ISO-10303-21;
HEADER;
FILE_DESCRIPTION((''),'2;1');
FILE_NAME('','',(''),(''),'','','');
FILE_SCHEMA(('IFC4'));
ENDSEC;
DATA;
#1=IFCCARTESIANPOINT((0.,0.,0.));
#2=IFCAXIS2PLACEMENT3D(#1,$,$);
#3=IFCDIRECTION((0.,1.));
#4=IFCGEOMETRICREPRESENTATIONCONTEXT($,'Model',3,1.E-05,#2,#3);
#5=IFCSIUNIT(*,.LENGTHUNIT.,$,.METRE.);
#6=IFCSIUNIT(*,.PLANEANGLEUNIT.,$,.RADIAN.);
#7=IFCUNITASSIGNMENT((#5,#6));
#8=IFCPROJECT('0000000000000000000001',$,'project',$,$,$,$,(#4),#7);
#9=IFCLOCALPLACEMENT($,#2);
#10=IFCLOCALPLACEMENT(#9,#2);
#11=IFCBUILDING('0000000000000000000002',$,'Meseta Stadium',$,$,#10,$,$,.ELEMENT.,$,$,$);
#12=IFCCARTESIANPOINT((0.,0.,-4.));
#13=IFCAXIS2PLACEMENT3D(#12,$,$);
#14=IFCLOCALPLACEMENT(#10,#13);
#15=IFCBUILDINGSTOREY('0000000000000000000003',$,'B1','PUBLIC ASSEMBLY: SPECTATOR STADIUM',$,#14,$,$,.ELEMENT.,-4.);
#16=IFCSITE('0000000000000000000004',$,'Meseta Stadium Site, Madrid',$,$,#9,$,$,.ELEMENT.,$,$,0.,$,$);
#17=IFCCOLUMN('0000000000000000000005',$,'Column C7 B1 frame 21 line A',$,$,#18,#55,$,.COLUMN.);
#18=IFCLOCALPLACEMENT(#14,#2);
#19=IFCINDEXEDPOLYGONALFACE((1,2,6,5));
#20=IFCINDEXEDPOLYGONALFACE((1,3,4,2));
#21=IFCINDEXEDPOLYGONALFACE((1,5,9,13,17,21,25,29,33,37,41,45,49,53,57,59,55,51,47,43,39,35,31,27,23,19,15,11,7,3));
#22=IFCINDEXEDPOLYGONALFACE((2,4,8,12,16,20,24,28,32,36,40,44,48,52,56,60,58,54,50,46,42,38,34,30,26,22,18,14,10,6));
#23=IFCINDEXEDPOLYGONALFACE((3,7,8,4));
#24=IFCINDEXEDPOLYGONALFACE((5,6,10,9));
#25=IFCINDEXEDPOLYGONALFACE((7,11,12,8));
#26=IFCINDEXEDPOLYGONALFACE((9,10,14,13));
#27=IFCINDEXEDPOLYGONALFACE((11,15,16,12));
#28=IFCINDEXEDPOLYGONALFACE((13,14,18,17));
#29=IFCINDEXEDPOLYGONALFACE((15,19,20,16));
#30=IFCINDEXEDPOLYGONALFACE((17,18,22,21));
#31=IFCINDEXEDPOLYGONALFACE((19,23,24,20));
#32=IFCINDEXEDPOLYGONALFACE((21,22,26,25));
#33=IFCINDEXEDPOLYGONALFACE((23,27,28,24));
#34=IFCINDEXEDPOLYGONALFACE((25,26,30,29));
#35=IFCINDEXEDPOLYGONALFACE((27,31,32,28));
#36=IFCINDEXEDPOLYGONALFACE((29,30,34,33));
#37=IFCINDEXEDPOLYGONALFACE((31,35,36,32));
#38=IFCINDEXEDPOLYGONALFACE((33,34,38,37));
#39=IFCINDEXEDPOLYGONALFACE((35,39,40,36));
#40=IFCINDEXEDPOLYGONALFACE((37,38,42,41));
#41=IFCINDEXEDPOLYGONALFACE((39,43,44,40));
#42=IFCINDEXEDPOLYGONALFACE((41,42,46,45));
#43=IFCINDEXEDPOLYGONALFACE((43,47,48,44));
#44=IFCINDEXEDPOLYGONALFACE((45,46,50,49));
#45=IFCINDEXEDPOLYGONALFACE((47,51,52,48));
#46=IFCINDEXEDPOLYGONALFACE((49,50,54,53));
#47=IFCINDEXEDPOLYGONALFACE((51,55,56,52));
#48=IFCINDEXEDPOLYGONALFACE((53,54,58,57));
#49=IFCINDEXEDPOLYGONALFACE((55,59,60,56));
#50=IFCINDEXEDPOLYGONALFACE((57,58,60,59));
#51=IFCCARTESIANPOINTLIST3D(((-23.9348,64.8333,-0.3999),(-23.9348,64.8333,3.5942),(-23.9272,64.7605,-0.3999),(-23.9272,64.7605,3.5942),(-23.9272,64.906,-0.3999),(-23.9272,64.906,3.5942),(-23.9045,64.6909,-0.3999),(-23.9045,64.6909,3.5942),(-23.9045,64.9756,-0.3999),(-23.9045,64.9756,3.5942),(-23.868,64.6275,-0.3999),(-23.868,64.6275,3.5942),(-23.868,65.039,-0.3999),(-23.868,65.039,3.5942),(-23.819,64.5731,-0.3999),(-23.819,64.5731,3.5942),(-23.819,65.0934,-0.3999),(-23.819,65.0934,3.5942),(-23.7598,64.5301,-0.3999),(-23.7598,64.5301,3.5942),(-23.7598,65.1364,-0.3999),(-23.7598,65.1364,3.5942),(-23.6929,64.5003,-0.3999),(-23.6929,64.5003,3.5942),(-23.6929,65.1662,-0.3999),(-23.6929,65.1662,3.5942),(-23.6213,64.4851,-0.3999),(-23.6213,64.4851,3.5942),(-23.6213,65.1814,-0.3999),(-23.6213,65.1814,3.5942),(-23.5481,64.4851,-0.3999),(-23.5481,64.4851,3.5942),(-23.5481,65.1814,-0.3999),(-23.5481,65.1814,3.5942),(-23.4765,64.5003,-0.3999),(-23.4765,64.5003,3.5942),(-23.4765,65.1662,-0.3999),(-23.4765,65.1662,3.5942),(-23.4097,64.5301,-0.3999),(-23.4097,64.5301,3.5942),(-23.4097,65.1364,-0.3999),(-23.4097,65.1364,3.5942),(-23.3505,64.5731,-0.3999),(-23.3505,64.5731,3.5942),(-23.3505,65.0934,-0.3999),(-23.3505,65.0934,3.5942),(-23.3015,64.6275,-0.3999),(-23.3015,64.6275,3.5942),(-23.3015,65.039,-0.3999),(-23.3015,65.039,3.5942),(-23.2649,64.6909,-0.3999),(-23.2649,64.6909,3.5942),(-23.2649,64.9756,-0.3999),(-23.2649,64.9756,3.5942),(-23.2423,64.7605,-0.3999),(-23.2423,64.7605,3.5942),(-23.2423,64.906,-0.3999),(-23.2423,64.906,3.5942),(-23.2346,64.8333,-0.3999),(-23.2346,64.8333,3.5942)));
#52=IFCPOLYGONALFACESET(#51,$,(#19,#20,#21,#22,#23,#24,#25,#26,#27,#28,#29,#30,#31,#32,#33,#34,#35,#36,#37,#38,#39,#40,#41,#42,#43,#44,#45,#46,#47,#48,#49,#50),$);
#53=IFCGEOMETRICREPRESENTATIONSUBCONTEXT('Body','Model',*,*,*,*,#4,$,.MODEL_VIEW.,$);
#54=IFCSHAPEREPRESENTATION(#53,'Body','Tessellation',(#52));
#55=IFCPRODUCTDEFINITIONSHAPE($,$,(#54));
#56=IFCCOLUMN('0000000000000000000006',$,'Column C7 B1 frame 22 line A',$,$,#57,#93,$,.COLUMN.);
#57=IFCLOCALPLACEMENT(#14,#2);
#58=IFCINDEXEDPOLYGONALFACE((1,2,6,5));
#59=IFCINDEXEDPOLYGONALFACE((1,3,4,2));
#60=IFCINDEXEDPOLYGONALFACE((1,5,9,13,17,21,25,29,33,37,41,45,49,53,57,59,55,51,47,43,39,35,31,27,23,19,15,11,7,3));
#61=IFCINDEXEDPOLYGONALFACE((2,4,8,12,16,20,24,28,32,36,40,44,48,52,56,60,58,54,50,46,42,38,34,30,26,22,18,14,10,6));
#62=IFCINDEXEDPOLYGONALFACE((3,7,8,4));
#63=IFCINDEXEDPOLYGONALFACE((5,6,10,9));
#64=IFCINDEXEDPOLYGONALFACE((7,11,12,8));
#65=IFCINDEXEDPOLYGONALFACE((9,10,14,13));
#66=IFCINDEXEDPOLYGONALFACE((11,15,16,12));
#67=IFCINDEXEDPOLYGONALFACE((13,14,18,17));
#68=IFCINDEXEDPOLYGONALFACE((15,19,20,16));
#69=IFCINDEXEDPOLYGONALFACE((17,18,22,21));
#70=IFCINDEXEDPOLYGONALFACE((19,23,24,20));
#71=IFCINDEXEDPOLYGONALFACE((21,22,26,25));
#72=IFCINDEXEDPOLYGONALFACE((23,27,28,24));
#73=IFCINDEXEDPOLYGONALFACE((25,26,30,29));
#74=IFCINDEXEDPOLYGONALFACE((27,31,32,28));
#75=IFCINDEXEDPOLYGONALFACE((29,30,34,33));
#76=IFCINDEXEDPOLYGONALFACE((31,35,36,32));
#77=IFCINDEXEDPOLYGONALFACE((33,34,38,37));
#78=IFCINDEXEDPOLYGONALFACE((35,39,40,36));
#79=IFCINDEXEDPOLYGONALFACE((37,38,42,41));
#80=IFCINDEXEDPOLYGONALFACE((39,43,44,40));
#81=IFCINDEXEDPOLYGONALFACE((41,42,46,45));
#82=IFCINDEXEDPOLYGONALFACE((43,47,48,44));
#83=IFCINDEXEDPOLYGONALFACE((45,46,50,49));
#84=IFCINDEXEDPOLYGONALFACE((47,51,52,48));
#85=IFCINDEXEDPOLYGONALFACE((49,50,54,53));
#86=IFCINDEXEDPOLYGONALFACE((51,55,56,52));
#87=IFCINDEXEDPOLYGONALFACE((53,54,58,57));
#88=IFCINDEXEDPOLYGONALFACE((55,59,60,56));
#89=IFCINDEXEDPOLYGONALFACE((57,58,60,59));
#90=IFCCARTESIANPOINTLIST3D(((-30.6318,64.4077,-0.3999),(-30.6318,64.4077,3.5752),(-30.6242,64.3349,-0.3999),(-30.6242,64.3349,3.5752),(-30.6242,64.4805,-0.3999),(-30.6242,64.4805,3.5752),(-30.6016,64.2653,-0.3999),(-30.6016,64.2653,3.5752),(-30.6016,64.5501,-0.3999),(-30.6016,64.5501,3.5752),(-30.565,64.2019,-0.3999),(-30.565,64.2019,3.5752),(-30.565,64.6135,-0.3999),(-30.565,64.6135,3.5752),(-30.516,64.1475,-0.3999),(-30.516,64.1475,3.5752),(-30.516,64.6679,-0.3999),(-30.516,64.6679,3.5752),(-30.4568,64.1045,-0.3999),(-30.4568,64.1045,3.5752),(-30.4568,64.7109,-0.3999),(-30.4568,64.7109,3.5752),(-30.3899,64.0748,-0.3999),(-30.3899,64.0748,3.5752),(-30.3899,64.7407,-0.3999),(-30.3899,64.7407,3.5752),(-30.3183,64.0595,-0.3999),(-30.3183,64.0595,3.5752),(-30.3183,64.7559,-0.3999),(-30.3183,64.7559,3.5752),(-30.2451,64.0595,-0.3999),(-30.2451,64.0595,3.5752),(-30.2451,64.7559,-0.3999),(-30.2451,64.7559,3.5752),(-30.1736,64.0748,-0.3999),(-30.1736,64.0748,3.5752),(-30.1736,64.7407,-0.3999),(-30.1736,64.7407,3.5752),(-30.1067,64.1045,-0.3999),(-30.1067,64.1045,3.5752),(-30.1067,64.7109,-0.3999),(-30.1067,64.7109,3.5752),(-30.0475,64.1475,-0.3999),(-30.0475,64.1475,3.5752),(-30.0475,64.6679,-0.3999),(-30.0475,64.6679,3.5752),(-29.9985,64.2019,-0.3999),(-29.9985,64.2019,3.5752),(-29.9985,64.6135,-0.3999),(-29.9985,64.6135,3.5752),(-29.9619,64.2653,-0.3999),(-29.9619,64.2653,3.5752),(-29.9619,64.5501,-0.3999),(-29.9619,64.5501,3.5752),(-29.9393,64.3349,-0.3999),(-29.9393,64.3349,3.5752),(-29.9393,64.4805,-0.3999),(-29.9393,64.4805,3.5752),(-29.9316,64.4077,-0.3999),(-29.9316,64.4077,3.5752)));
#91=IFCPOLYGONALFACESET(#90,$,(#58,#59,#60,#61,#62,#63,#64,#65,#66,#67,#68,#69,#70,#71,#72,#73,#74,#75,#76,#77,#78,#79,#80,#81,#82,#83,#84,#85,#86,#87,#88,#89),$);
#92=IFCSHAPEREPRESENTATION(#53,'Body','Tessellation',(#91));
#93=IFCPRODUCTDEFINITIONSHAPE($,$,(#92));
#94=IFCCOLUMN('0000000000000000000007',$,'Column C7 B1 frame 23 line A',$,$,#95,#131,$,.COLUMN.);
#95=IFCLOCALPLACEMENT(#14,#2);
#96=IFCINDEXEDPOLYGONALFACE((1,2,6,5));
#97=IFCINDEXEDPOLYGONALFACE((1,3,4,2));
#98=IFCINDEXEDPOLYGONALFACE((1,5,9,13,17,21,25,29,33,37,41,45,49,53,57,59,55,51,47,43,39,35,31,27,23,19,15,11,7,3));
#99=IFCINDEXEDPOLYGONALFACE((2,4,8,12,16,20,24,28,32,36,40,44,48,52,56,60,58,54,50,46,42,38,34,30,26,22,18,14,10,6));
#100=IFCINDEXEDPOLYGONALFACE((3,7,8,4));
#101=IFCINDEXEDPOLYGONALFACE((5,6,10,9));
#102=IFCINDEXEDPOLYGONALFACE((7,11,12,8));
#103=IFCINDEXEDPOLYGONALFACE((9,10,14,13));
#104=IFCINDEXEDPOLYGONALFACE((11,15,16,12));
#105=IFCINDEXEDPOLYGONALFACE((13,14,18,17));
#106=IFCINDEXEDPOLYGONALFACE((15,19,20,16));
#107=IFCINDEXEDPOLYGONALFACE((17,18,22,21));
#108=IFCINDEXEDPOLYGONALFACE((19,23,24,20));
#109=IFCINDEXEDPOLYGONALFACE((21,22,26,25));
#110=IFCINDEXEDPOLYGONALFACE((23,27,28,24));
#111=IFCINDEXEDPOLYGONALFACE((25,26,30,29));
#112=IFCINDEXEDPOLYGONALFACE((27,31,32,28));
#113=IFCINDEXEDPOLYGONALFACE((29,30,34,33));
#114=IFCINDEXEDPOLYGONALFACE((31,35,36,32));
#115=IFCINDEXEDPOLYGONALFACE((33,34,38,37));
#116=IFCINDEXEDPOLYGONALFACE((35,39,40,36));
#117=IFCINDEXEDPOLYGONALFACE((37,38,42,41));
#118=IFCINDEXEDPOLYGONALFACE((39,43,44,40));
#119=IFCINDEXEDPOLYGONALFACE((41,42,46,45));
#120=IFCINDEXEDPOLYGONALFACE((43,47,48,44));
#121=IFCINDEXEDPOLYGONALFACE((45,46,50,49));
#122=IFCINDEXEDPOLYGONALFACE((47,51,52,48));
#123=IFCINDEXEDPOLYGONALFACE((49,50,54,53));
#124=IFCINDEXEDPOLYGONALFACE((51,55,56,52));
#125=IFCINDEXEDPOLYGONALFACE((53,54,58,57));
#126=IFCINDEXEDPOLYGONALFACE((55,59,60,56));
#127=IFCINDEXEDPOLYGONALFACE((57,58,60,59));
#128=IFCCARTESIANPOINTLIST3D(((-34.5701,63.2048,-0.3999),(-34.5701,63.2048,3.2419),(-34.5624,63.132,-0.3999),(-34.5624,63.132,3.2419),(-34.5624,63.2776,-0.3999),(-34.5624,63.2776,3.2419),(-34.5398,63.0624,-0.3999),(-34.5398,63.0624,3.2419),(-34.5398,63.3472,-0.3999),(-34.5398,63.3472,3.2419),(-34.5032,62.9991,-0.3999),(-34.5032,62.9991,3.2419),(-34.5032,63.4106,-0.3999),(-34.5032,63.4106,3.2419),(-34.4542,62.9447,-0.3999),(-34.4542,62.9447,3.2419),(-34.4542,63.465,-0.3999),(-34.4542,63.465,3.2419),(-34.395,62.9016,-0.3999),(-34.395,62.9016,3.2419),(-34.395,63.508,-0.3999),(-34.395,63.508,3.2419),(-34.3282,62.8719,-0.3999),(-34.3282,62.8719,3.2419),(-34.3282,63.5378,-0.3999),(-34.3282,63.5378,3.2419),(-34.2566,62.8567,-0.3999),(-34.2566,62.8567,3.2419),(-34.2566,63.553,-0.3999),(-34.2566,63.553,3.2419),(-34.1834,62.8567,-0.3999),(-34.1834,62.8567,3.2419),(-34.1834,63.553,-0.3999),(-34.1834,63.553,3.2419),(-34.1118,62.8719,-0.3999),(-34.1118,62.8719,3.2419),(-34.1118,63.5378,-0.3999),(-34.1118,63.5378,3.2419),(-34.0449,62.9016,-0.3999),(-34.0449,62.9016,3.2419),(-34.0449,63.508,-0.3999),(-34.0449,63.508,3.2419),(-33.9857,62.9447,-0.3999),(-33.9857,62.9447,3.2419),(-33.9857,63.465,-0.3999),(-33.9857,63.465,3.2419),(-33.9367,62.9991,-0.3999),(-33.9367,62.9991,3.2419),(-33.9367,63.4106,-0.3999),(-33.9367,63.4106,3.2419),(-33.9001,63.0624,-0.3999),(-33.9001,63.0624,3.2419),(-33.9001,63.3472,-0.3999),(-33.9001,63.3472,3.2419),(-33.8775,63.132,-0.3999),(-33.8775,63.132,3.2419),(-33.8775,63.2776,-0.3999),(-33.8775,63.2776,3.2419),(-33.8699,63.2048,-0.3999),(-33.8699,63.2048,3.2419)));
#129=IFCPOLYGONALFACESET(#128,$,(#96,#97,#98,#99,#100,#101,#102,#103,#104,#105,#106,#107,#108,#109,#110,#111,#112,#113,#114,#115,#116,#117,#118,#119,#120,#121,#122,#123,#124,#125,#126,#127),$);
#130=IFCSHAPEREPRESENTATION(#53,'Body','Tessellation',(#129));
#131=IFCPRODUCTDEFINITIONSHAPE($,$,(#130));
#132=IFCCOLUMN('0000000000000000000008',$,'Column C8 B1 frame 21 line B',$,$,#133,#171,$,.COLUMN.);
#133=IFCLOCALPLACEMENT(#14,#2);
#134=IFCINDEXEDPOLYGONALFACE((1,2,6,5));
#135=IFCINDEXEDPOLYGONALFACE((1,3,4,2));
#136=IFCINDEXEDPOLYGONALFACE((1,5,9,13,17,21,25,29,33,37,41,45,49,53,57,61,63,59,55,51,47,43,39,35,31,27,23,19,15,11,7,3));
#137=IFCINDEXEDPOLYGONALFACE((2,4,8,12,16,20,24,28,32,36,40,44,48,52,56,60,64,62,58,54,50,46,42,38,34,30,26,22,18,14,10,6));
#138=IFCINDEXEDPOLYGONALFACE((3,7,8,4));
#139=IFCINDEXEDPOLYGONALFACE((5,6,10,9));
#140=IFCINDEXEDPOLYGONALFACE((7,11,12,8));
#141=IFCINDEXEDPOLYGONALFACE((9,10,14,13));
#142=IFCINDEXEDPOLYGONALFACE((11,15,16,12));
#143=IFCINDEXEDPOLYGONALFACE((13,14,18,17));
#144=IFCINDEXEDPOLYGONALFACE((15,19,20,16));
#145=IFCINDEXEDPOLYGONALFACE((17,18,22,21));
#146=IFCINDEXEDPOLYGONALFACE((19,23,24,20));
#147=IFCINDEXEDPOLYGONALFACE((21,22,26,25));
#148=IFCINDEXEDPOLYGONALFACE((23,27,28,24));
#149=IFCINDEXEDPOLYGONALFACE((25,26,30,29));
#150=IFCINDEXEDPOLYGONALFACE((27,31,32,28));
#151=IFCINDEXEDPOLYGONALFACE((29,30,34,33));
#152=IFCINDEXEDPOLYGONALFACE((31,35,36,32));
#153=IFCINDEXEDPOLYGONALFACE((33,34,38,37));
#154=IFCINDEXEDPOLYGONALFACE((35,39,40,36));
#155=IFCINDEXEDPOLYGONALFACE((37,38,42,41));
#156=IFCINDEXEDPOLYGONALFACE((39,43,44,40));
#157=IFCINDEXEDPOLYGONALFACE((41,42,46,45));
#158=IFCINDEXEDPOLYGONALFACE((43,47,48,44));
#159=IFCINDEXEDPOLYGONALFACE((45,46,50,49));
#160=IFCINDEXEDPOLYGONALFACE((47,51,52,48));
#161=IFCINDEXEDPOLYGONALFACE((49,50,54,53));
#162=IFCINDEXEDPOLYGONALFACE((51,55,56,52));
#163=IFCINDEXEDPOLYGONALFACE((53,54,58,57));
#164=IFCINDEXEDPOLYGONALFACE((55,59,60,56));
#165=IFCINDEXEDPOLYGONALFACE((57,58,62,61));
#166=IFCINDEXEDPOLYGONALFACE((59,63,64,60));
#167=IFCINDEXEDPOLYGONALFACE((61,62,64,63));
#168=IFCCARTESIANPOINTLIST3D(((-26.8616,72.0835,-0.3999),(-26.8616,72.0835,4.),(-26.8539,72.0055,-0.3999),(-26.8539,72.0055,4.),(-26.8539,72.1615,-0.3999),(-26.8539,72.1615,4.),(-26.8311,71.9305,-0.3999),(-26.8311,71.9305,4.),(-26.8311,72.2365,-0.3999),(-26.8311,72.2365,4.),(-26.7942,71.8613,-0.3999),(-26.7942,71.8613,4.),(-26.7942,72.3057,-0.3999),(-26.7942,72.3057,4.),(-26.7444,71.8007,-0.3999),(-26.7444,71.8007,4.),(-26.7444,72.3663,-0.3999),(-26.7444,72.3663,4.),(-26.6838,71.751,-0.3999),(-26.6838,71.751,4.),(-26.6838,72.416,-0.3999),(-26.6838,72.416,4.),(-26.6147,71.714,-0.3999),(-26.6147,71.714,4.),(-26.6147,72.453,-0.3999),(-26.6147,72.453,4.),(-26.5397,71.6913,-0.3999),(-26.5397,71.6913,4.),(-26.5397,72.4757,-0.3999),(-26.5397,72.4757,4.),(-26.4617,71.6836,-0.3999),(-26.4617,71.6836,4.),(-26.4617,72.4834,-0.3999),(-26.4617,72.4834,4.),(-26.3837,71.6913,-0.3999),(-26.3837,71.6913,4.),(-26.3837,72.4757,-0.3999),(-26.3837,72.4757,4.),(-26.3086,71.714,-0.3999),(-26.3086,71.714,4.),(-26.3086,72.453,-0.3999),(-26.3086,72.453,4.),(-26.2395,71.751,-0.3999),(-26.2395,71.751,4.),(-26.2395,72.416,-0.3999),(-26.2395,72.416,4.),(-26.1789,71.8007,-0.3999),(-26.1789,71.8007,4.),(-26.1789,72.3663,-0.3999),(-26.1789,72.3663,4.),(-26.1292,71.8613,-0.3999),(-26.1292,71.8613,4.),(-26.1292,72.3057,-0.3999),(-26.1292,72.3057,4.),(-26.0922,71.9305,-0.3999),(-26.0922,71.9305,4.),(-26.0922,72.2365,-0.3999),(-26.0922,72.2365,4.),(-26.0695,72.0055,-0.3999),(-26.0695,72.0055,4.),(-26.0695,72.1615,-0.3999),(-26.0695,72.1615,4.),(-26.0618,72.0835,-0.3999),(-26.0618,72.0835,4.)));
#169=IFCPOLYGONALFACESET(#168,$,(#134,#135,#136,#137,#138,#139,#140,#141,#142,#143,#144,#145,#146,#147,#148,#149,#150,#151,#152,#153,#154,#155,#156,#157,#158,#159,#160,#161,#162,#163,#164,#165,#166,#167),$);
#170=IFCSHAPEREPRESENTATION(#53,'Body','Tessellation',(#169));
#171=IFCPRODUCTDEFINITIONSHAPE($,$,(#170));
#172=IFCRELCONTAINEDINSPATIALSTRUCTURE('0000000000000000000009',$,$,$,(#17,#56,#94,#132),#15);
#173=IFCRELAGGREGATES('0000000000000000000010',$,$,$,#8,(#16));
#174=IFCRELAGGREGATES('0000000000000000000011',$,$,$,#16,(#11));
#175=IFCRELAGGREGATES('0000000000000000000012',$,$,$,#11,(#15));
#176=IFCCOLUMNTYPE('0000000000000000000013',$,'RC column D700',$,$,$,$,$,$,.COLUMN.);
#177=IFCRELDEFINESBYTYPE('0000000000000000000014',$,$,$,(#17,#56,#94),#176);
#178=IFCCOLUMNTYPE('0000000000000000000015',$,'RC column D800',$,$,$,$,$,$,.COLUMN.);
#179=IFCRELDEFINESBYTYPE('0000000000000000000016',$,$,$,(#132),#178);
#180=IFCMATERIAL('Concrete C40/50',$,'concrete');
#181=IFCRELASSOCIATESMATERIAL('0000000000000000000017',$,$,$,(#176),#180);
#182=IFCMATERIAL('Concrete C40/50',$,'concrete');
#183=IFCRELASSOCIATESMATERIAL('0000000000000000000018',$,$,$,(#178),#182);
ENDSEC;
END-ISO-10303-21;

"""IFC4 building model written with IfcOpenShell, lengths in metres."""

from ifc_helpers import new_model, si_unit, direction, frame, origin, origin_2d, place, context, subcontext, project, spatial, circle, extrude, material, material_profile, profile_set, type_object, element, save


model = new_model("IFC4")

# Units and contexts
model_context = context("Model", 3, precision=1e-05, world=origin(), true_north=direction((0.0, 1.0)))
body_context = subcontext(model_context, "Body", "Model", "MODEL_VIEW")
ifc_project = project(units=[si_unit("LENGTHUNIT", "METRE"), si_unit("PLANEANGLEUNIT", "RADIAN")], contexts=[model_context])

# Site, building, storey
site_placement = place(None, origin())
site = spatial("IfcSite", under=ifc_project, at=site_placement, Name="Meseta Stadium Site, Madrid", CompositionType="ELEMENT", RefElevation=0.0)
building_placement = place(site_placement, origin())
building = spatial("IfcBuilding", under=site, at=building_placement, Name="Meseta Stadium", CompositionType="ELEMENT")
storey_placement = place(building_placement, frame((0.0, 0.0, -4.0)))
storey = spatial("IfcBuildingStorey", under=building, at=storey_placement, Name="B1", Description="PUBLIC ASSEMBLY: SPECTATOR STADIUM", CompositionType="ELEMENT", Elevation=-4.0)

# Columns
ifc_material_1 = material(Name="Concrete C40/50", Category="concrete")
ifc_material_profile_1 = material_profile(ifc_material_1, circle(Radius=0.3501, at=origin_2d()), Name="RC D700")
ifc_profile_set_1 = profile_set([ifc_material_profile_1], Name="Concrete C40/50")
column_type_1 = type_object("IfcColumnType", Name="RC column D700", PredefinedType="COLUMN", material=ifc_profile_set_1)
column_1_placement = place(storey_placement, frame((-23.5847, 64.8333, -0.3999), z_axis=(0.0, 0.0, 1.0), x_axis=(1.0, 0.0, 0.0)))
element("IfcColumn", 1, at=column_1_placement, inside=storey, type_object=column_type_1, Name="Column C7 B1 frame 21 line A", PredefinedType="COLUMN", context=body_context, shape_type="SweptSolid", body=[
    extrude(circle(Radius=0.3501, at=origin_2d()), origin(), (0.0, 0.0, 1.0), 3.9941),
])
column_2_placement = place(storey_placement, frame((-30.2817, 64.4077, -0.3999), z_axis=(0.0, 0.0, 1.0), x_axis=(1.0, 0.0, 0.0)))
element("IfcColumn", 2, at=column_2_placement, inside=storey, type_object=column_type_1, Name="Column C7 B1 frame 22 line A", PredefinedType="COLUMN", context=body_context, shape_type="SweptSolid", body=[
    extrude(circle(Radius=0.3501, at=origin_2d()), origin(), (0.0, 0.0, 1.0), 3.9751),
])
column_3_placement = place(storey_placement, frame((-34.22, 63.2048, -0.3999), z_axis=(0.0, 0.0, 1.0), x_axis=(1.0, 0.0, 0.0)))
element("IfcColumn", 3, at=column_3_placement, inside=storey, type_object=column_type_1, Name="Column C7 B1 frame 23 line A", PredefinedType="COLUMN", context=body_context, shape_type="SweptSolid", body=[
    extrude(circle(Radius=0.3501, at=origin_2d()), origin(), (0.0, 0.0, 1.0), 3.6418),
])
ifc_material_2 = material(Name="Concrete C40/50", Category="concrete")
ifc_material_profile_2 = material_profile(ifc_material_2, circle(Radius=0.3999, at=origin_2d()), Name="RC D800")
ifc_profile_set_2 = profile_set([ifc_material_profile_2], Name="Concrete C40/50")
column_type_2 = type_object("IfcColumnType", Name="RC column D800", PredefinedType="COLUMN", material=ifc_profile_set_2)
for number, where, z_axis, x_axis, name in (
    (4, (-26.4617, 72.0835, -0.3999), (0.0, 0.0, 1.0), (1.0, 0.0, 0.0), "Column C8 B1 frame 21 line B"),
):
    element("IfcColumn", number, at=place(storey_placement, frame(where, z_axis=z_axis, x_axis=x_axis)), inside=storey, type_object=column_type_2, Name=name, PredefinedType="COLUMN", context=body_context, shape_type="SweptSolid", body=[
        extrude(circle(Radius=0.3999, at=origin_2d()), origin(), (0.0, 0.0, 1.0), 4.3999),
    ])

save(model, "model.ifc")
